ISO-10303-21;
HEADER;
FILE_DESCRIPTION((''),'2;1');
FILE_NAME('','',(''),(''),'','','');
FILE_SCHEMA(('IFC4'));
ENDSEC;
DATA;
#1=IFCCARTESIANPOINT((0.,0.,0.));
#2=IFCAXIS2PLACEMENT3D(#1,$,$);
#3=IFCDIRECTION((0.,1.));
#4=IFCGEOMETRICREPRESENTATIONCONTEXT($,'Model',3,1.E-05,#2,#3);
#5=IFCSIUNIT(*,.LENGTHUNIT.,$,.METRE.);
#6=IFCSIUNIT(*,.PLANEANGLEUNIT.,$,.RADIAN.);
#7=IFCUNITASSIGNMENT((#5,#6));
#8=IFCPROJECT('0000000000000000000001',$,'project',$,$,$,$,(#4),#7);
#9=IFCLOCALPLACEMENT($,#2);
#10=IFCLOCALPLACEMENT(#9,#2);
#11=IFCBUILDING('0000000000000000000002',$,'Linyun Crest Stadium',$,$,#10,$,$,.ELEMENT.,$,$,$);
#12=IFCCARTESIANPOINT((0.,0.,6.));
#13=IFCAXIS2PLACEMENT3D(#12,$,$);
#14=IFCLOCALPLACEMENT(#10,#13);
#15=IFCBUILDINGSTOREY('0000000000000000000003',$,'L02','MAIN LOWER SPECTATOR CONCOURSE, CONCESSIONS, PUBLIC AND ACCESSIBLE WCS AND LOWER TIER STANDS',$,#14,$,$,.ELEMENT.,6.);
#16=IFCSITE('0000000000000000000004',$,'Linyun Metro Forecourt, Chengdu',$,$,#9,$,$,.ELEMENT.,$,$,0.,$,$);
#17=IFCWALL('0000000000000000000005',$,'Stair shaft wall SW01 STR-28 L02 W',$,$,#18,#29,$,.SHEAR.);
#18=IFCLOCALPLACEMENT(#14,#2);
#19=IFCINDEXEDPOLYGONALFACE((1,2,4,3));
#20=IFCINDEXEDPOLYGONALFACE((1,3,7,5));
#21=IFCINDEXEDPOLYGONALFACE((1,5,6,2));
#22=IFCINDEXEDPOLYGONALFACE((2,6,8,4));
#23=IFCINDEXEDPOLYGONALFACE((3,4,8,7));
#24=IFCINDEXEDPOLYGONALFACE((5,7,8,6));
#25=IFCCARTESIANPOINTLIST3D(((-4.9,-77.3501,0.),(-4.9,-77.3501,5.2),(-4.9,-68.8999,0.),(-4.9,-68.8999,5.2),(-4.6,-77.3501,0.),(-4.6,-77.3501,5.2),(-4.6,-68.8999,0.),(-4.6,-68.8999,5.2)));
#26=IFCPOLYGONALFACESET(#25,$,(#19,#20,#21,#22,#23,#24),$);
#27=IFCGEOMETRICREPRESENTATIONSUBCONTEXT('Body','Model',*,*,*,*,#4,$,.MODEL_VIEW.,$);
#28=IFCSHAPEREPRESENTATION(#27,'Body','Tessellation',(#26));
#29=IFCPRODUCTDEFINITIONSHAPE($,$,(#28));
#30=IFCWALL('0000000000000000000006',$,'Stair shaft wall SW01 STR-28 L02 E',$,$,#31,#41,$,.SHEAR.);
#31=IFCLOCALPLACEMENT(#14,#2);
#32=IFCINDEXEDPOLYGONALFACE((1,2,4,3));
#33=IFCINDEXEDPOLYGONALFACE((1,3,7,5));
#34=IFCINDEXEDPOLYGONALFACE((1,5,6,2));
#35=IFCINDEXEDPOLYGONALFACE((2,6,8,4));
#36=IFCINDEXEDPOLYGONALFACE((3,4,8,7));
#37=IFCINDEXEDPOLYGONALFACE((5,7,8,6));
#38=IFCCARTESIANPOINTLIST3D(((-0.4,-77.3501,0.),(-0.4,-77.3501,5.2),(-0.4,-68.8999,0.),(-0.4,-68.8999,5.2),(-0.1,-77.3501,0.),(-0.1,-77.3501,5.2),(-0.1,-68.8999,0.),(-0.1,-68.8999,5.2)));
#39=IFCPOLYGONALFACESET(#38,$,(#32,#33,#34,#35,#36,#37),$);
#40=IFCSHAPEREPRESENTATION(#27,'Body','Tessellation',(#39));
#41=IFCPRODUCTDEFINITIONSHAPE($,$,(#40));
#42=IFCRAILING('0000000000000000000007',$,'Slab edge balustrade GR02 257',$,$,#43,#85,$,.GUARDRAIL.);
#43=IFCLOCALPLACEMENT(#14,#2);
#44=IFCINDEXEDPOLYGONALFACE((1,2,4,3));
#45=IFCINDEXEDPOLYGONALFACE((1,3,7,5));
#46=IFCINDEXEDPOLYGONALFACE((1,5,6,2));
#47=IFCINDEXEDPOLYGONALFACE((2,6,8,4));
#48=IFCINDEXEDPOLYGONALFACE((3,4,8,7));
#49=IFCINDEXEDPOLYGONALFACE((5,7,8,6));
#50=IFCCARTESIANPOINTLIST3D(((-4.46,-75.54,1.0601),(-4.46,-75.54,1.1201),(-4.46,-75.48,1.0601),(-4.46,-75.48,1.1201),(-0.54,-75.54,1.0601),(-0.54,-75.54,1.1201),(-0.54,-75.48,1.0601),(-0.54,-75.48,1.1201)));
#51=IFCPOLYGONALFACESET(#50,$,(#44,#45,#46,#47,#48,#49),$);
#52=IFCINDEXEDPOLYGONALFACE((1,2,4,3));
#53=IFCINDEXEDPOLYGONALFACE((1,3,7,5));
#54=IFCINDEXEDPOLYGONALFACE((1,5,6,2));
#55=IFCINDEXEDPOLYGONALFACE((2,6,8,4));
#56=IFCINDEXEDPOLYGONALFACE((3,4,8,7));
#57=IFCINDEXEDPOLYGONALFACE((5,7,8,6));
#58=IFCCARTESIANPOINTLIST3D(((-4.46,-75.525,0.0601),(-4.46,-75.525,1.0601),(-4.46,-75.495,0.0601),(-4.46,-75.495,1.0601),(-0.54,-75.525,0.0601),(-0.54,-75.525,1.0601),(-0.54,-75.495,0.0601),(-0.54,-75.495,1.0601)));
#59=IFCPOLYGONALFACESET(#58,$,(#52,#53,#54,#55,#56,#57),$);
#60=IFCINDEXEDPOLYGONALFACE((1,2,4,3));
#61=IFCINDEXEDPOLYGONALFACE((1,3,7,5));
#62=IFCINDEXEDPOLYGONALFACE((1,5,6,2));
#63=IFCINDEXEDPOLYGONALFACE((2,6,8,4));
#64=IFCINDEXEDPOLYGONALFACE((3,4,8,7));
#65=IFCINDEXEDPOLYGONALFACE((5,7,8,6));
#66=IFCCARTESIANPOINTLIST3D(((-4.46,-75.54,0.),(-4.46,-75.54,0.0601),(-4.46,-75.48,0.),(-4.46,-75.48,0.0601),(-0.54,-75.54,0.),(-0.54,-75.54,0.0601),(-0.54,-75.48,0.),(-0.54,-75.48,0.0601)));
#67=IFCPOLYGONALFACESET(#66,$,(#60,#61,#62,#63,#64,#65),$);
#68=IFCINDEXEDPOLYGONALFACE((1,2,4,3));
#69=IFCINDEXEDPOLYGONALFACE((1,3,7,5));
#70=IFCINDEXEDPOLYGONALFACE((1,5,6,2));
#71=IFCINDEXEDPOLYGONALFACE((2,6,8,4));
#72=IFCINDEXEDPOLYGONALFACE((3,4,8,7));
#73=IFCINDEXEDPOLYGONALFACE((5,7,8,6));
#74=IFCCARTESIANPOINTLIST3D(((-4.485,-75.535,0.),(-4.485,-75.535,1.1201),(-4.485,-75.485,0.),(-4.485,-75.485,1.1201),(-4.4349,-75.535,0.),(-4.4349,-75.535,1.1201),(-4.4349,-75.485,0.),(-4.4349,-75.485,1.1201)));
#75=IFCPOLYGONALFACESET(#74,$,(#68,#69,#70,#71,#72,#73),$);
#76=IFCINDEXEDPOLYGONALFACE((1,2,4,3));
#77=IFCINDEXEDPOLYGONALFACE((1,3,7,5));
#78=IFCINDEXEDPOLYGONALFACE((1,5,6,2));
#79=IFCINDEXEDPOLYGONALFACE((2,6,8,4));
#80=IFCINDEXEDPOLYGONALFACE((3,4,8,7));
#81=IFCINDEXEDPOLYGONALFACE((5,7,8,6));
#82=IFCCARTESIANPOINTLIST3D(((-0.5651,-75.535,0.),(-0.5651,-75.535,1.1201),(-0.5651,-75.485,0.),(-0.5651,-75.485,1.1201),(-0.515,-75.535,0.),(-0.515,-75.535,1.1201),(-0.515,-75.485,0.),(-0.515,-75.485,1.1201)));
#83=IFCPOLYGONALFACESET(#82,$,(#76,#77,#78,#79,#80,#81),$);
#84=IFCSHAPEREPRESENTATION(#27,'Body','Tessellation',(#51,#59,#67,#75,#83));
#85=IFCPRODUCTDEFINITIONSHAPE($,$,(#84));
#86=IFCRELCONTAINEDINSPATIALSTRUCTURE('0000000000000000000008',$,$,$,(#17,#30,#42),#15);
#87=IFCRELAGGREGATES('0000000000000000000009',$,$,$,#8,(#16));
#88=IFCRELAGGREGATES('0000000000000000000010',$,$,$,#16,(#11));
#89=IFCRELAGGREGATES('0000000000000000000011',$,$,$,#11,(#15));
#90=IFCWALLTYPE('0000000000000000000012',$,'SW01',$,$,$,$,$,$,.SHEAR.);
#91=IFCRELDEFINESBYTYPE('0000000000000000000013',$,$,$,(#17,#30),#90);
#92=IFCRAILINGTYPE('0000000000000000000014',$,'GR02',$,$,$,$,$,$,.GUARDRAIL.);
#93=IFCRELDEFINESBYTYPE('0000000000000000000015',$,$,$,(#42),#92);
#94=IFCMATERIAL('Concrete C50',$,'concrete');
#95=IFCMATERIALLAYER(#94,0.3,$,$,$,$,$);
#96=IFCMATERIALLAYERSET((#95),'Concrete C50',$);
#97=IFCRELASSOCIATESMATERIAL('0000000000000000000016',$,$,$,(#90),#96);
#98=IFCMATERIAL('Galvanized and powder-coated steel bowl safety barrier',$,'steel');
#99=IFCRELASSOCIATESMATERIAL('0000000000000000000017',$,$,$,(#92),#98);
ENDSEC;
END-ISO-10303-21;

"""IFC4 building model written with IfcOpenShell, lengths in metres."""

from ifc_helpers import new_model, si_unit, direction, frame, frame_2d, origin, origin_2d, place, context, subcontext, project, spatial, rectangle, extrude, material, layer, layer_set, type_object, element, save


model = new_model("IFC4")

# Units and contexts
model_context = context("Model", 3, precision=1e-05, world=origin(), true_north=direction((0.0, 1.0)))
body_context = subcontext(model_context, "Body", "Model", "MODEL_VIEW")
ifc_project = project(units=[si_unit("LENGTHUNIT", "METRE"), si_unit("PLANEANGLEUNIT", "RADIAN")], contexts=[model_context])

# Site, building, storey
site_placement = place(None, origin())
site = spatial("IfcSite", under=ifc_project, at=site_placement, Name="Linyun Metro Forecourt, Chengdu", CompositionType="ELEMENT", RefElevation=0.0)
building_placement = place(site_placement, origin())
building = spatial("IfcBuilding", under=site, at=building_placement, Name="Linyun Crest Stadium", CompositionType="ELEMENT")
storey_placement = place(building_placement, frame((0.0, 0.0, 6.0)))
storey = spatial("IfcBuildingStorey", under=building, at=storey_placement, Name="L02", Description="MAIN LOWER SPECTATOR CONCOURSE, CONCESSIONS, PUBLIC AND ACCESSIBLE WCS AND LOWER TIER STANDS", CompositionType="ELEMENT", Elevation=6.0)

# Shared definitions
ifc_material_1 = material(Name="Concrete C50", Category="concrete")
ifc_layer_1 = layer(ifc_material_1, 0.3)
ifc_layer_set_1 = layer_set([ifc_layer_1], Name="Concrete C50")
wall_type_1 = type_object("IfcWallType", Name="SW01", PredefinedType="SHEAR", material=ifc_layer_set_1)

# Walls
for number, where, z_axis, x_axis, name in (
    (1, (-4.75, -77.3501, 0.0), (0.0, 0.0, 1.0), (0.0, 1.0, 0.0), "Stair shaft wall SW01 STR-28 L02 W"),
    (2, (-0.25, -77.3501, 0.0), (0.0, 0.0, 1.0), (0.0, 1.0, 0.0), "Stair shaft wall SW01 STR-28 L02 E"),
):
    element("IfcWall", number, at=place(storey_placement, frame(where, z_axis=z_axis, x_axis=x_axis)), inside=storey, type_object=wall_type_1, Name=name, PredefinedType="SHEAR", context=body_context, shape_type="SweptSolid", body=[
        extrude(rectangle(XDim=8.4502, YDim=0.3, at=frame_2d((4.2251, 0.0))), origin(), (0.0, 0.0, 1.0), 5.2),
    ])

# Railing
ifc_material_2 = material(Name="Galvanized and powder-coated steel bowl safety barrier", Category="steel")
railing_type_1 = type_object("IfcRailingType", Name="GR02", PredefinedType="GUARDRAIL", material=ifc_material_2)
railing_1_placement = place(storey_placement, frame((-4.46, -75.51, 0.0)))
element("IfcRailing", 3, at=railing_1_placement, inside=storey, type_object=railing_type_1, Name="Slab edge balustrade GR02 257", PredefinedType="GUARDRAIL", context=body_context, shape_type="SweptSolid", body=[
    extrude(rectangle(XDim=0.0601, YDim=0.0601, at=origin_2d()), frame((0.0, 0.0, 1.0901), z_axis=(1.0, 0.0, 0.0), x_axis=(0.0, 1.0, 0.0)), (0.0, 0.0, 1.0), 3.9199),
    extrude(rectangle(XDim=0.03, YDim=1.0, at=origin_2d()), frame((0.0, 0.0, 0.5601), z_axis=(1.0, 0.0, 0.0), x_axis=(0.0, 1.0, 0.0)), (0.0, 0.0, 1.0), 3.9199),
    extrude(rectangle(XDim=0.0601, YDim=0.0601, at=origin_2d()), frame((0.0, 0.0, 0.03), z_axis=(1.0, 0.0, 0.0), x_axis=(0.0, 1.0, 0.0)), (0.0, 0.0, 1.0), 3.9199),
    extrude(rectangle(XDim=0.05, YDim=0.05, at=origin_2d()), origin(), (0.0, 0.0, 1.0), 1.1201),
    extrude(rectangle(XDim=0.05, YDim=0.05, at=origin_2d()), frame((3.9199, 0.0, 0.0)), (0.0, 0.0, 1.0), 1.1201),
])

save(model, "model.ifc")
